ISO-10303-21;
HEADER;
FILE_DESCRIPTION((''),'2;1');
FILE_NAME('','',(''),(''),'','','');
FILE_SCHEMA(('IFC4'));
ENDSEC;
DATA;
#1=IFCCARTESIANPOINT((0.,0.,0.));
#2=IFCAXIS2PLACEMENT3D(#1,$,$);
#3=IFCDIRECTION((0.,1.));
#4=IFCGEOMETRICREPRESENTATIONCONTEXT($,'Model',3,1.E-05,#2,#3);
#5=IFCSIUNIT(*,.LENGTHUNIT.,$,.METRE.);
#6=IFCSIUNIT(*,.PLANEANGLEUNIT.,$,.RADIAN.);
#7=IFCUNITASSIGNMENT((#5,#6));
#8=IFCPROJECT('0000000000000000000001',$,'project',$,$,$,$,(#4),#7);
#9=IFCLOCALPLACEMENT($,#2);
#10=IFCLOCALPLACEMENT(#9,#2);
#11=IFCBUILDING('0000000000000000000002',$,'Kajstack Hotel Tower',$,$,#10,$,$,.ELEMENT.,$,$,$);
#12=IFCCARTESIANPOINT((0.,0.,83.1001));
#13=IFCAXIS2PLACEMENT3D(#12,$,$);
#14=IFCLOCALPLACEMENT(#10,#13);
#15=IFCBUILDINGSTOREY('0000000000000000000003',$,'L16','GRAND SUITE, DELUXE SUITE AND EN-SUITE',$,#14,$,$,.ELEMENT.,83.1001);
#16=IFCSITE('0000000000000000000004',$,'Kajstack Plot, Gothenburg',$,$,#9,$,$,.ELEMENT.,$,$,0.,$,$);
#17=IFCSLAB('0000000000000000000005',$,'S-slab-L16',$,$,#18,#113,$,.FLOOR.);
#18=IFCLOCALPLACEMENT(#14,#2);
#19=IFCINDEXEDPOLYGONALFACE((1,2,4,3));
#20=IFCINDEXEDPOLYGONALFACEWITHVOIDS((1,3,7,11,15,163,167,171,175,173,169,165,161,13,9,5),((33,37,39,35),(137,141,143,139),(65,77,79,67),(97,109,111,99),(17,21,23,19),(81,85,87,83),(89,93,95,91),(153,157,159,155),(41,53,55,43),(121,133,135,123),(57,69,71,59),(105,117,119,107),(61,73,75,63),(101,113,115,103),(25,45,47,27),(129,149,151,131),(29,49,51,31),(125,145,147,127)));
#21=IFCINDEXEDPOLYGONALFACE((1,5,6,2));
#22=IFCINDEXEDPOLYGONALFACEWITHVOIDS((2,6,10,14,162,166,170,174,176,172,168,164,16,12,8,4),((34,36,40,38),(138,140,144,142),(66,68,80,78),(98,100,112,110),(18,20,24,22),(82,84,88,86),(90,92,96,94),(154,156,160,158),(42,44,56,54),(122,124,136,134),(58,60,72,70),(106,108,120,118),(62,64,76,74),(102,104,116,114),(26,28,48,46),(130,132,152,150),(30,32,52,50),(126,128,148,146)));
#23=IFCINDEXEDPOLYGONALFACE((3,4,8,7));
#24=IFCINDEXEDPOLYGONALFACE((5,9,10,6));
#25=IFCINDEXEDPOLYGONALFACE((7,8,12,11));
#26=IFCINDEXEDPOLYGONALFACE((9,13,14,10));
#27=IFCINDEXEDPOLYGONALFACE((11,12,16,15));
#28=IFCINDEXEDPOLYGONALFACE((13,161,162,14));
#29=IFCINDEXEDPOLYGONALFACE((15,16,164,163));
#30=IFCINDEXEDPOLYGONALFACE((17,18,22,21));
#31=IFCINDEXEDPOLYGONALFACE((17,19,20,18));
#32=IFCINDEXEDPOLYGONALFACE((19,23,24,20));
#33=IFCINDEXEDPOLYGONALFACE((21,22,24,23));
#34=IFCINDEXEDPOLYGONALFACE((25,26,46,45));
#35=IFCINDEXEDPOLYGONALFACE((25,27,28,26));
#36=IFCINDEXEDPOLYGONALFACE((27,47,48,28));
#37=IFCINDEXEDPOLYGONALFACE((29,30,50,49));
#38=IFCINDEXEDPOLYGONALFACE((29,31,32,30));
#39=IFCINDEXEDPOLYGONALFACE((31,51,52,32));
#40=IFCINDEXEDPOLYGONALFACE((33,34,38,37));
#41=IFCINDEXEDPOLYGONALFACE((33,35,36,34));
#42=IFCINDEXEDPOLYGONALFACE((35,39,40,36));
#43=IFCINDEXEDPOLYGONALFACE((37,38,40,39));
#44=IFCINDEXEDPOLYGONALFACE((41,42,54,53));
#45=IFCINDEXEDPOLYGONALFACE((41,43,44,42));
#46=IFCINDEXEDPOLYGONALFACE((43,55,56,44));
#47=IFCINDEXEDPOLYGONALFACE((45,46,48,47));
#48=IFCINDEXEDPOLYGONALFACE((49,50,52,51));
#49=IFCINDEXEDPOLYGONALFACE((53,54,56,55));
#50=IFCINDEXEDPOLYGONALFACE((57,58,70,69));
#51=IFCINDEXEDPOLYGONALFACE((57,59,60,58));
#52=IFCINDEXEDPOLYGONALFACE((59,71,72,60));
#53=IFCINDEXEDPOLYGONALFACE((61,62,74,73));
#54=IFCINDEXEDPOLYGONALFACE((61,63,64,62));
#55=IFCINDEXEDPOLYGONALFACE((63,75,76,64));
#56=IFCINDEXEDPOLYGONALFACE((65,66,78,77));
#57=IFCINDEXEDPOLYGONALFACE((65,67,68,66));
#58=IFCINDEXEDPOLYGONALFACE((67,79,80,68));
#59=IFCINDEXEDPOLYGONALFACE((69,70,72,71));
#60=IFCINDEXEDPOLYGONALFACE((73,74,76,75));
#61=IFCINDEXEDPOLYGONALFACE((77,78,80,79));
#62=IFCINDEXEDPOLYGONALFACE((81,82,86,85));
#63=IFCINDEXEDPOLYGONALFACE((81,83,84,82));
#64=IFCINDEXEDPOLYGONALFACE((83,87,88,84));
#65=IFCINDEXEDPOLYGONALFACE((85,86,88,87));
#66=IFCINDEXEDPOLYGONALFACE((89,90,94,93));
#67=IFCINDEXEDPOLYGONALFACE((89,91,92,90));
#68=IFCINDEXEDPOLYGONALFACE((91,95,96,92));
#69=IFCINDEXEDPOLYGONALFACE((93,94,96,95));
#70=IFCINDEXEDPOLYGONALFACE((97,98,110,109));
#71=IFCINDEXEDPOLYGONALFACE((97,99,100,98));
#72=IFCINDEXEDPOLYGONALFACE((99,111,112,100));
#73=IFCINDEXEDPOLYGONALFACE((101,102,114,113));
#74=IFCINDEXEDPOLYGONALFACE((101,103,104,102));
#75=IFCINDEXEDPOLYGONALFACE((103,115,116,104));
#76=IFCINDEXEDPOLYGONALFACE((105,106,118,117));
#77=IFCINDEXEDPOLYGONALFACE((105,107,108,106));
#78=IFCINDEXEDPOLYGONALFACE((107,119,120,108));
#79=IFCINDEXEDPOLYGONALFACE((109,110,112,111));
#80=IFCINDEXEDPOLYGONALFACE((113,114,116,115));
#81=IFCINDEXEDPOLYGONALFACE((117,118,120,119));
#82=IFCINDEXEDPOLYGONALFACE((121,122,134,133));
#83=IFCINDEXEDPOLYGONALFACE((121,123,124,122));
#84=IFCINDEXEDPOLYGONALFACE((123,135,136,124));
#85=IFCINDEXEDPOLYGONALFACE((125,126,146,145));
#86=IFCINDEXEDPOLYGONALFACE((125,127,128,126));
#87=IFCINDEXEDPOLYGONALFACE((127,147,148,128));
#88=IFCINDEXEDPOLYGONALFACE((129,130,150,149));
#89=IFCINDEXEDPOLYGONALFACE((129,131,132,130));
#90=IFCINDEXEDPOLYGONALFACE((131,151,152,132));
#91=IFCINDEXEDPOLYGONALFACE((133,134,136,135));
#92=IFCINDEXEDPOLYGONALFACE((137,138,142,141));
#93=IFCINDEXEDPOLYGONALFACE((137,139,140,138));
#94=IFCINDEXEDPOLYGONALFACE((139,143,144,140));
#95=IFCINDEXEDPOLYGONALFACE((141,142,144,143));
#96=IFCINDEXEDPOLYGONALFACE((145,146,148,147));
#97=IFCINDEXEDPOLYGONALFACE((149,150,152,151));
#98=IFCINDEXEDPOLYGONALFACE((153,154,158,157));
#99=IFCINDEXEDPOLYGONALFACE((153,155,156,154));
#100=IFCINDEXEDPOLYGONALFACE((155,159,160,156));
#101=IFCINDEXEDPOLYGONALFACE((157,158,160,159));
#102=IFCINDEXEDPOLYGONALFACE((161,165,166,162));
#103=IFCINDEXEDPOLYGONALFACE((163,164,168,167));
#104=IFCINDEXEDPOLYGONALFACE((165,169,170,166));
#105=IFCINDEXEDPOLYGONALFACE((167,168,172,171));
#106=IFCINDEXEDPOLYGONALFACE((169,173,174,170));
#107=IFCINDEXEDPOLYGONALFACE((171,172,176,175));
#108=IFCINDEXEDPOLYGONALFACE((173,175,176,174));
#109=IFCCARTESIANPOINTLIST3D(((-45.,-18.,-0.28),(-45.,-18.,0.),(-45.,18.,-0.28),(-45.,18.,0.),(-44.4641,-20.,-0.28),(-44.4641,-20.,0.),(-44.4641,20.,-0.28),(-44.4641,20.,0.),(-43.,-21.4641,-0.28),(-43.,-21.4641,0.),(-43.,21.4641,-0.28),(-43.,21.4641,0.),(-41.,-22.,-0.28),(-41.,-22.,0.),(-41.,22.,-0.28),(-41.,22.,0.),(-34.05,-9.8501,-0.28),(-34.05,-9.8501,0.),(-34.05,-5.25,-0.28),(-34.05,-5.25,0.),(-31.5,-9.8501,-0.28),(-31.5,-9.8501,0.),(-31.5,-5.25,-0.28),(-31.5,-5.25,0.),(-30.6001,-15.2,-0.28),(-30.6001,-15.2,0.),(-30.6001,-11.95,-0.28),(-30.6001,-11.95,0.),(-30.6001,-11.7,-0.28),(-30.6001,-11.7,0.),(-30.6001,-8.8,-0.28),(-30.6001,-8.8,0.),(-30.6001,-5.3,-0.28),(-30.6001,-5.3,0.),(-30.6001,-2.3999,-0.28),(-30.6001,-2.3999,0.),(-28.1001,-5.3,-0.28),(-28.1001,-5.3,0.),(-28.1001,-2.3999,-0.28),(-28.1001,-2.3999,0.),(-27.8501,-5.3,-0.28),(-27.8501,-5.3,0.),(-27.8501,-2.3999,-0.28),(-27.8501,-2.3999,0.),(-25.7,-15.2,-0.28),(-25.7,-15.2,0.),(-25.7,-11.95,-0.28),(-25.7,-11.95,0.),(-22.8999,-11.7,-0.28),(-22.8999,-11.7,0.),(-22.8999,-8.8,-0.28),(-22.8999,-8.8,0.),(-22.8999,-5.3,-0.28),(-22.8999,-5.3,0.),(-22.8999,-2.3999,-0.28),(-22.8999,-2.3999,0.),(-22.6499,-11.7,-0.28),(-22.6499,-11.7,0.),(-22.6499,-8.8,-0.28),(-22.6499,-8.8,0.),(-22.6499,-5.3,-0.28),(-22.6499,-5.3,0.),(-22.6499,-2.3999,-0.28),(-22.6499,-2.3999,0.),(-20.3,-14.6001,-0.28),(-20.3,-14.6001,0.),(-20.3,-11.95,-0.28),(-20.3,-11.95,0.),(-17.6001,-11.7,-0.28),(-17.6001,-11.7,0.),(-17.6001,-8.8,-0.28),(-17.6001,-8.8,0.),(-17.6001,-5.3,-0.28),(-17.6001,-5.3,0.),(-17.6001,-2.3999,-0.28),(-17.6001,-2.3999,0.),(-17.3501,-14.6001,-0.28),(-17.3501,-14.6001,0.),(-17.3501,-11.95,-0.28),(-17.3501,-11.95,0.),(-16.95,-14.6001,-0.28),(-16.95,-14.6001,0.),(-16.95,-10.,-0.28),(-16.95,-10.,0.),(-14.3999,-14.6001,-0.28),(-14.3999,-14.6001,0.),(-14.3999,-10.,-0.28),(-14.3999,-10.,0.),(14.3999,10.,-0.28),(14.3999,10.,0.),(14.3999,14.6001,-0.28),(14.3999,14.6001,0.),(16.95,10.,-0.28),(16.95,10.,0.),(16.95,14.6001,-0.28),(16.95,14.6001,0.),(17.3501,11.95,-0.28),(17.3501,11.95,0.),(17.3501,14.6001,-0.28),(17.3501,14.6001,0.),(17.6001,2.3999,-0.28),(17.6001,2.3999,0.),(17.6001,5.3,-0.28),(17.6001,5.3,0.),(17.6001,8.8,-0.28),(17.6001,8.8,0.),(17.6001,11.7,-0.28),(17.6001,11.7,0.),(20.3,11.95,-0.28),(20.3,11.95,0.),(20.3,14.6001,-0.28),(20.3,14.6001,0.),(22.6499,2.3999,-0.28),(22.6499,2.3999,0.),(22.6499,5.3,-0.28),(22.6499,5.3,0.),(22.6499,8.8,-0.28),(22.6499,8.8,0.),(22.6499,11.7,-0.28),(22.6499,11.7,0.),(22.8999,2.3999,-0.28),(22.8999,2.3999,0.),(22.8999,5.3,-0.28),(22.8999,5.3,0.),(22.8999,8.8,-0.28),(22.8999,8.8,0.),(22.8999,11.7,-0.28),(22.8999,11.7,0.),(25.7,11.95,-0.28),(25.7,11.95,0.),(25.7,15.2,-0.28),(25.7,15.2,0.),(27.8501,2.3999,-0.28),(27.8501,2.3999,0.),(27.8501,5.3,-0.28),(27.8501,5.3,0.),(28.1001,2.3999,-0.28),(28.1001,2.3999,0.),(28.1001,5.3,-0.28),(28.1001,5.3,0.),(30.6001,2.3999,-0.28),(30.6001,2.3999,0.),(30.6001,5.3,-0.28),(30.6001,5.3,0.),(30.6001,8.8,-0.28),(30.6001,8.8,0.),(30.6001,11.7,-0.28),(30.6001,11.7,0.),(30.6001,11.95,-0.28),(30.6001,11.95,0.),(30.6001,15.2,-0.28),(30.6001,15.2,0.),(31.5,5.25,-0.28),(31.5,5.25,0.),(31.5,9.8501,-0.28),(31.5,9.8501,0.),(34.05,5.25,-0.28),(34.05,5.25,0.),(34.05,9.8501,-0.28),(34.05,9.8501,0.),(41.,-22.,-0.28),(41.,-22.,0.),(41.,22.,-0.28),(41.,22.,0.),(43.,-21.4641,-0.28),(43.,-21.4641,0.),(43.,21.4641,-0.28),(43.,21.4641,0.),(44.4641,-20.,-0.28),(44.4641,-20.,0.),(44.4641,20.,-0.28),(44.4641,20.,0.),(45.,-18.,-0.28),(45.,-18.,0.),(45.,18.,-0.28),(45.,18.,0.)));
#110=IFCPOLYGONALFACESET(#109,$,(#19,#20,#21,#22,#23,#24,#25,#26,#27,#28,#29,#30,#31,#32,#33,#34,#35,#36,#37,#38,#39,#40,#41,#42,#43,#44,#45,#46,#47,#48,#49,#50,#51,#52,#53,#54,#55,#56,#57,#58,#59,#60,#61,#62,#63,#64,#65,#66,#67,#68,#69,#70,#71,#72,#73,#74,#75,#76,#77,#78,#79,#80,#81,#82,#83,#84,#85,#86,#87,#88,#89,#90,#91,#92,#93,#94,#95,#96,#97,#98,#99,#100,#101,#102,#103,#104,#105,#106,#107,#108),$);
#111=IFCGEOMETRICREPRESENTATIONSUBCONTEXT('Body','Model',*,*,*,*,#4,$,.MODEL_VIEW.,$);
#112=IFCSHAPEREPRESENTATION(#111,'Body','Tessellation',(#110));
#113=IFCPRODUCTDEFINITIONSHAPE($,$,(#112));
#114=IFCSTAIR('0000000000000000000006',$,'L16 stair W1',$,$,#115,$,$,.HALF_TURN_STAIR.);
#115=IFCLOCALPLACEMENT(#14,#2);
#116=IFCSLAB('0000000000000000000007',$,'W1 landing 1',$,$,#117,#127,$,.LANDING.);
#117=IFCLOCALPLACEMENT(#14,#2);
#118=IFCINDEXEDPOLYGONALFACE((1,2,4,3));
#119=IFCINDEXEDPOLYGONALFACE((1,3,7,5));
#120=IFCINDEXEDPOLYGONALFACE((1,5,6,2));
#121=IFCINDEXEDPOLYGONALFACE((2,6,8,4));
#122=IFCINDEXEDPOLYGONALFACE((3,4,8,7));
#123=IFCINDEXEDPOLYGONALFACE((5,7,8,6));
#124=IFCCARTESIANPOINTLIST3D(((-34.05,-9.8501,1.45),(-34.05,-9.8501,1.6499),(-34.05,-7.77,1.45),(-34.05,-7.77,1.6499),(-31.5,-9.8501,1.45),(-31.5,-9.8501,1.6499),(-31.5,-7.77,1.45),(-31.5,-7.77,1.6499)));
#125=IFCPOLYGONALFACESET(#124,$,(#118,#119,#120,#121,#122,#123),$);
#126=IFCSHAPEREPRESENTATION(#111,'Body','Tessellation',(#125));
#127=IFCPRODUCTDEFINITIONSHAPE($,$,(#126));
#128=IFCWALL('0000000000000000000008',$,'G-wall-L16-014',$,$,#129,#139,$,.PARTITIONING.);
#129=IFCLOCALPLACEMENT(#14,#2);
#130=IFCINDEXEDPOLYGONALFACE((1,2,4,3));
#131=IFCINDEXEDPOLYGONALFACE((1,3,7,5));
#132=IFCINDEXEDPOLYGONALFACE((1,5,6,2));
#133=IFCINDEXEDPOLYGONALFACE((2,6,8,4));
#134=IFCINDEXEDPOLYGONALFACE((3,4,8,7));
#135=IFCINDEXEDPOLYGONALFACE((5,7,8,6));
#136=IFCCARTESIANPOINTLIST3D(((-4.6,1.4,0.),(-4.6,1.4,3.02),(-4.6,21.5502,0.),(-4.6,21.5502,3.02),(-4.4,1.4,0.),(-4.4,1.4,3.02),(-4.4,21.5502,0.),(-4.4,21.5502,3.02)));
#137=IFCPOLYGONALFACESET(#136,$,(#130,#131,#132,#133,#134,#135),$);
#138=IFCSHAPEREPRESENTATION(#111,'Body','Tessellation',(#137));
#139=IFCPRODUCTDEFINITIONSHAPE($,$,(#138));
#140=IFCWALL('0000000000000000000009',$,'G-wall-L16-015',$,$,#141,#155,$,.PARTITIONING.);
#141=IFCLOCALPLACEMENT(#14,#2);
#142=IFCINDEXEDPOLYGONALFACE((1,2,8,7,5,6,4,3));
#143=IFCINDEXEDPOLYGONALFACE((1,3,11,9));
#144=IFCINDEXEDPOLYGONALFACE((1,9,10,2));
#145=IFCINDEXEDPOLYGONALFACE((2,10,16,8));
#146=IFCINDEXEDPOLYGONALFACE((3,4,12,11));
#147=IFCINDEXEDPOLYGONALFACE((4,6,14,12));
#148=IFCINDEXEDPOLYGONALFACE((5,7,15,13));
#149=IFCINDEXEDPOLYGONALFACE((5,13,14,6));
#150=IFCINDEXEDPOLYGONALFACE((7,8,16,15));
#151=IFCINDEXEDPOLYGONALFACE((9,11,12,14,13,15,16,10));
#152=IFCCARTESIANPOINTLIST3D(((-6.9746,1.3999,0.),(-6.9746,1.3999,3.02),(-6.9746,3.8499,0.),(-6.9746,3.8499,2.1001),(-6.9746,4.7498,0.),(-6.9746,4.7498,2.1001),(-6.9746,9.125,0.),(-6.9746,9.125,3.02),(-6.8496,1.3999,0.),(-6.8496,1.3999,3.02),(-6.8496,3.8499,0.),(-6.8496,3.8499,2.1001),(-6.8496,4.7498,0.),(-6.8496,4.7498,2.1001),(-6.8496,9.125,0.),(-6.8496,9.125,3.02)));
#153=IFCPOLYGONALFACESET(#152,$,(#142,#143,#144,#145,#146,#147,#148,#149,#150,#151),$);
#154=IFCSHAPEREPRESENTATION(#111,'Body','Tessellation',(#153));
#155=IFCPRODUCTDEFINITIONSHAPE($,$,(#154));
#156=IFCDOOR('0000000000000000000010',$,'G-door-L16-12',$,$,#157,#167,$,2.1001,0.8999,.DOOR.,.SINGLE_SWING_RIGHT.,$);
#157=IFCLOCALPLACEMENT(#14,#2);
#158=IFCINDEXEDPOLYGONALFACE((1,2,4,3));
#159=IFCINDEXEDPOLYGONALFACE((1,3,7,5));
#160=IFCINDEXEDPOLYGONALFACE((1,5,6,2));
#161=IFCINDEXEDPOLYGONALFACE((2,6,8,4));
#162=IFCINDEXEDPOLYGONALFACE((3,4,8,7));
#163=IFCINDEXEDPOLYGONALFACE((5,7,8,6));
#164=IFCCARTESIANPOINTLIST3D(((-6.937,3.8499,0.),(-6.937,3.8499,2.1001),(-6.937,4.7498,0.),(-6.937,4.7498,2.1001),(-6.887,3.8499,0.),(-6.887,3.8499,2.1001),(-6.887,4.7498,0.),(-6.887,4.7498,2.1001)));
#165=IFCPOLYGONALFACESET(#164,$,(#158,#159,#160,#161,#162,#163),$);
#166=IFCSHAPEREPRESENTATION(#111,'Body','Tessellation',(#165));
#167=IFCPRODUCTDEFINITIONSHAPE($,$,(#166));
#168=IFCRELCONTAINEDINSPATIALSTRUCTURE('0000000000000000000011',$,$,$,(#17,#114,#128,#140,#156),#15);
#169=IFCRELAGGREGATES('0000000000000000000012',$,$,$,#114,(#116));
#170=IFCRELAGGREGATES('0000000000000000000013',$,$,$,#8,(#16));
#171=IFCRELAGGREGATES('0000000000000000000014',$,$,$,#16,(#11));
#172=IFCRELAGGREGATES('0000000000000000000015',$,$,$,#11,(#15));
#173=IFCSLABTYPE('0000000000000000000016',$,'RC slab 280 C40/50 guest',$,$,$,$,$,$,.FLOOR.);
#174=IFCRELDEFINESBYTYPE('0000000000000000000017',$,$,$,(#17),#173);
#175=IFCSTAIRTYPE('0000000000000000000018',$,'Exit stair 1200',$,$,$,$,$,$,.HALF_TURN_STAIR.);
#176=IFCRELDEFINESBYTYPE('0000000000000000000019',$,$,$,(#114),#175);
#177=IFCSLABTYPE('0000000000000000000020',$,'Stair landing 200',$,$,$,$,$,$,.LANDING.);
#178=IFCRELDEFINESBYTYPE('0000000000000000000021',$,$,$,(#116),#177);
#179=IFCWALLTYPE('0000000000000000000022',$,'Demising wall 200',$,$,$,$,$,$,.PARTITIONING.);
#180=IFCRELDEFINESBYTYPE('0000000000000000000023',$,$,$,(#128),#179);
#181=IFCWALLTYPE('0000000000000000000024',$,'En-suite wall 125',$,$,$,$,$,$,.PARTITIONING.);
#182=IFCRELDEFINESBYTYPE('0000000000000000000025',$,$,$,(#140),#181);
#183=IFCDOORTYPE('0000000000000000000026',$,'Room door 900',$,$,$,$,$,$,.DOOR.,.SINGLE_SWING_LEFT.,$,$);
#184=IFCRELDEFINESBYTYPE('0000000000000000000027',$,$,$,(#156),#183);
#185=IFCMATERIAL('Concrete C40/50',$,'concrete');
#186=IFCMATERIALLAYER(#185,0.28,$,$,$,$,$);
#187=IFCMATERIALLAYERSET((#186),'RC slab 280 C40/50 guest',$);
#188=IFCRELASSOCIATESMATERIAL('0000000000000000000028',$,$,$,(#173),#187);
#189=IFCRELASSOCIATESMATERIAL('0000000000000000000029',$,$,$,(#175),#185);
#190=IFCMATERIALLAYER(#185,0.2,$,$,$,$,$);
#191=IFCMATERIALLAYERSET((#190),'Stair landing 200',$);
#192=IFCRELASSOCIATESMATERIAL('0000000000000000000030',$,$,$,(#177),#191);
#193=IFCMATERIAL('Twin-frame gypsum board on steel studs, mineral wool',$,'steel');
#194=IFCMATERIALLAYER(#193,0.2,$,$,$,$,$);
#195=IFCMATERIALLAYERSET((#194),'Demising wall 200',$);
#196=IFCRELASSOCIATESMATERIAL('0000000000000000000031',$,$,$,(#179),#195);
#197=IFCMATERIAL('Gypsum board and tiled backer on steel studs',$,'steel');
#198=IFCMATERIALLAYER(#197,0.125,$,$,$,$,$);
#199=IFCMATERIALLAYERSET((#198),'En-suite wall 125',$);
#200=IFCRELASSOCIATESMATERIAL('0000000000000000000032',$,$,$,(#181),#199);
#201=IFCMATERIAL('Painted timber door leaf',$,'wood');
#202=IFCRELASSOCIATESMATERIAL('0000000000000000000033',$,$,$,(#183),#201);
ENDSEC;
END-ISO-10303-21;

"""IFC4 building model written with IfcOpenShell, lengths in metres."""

from ifc_helpers import new_model, si_unit, direction, frame, frame_2d, origin, place, context, subcontext, project, spatial, polyline, rectangle, outline, extrude, material, layer, layer_set, type_object, element, fill, aggregate, save


model = new_model("IFC4")

# Units and contexts
model_context = context("Model", 3, precision=1e-05, world=origin(), true_north=direction((0.0, 1.0)))
body_context = subcontext(model_context, "Body", "Model", "MODEL_VIEW")
ifc_project = project(units=[si_unit("LENGTHUNIT", "METRE"), si_unit("PLANEANGLEUNIT", "RADIAN")], contexts=[model_context])

# Site, building, storey
site_placement = place(None, origin())
site = spatial("IfcSite", under=ifc_project, at=site_placement, Name="Kajstack Plot, Gothenburg", CompositionType="ELEMENT", RefElevation=0.0)
building_placement = place(site_placement, origin())
building = spatial("IfcBuilding", under=site, at=building_placement, Name="Kajstack Hotel Tower", CompositionType="ELEMENT")
storey_placement = place(building_placement, frame((0.0, 0.0, 83.1001)))
storey = spatial("IfcBuildingStorey", under=building, at=storey_placement, Name="L16", Description="GRAND SUITE, DELUXE SUITE AND EN-SUITE", CompositionType="ELEMENT", Elevation=83.1001)

# Slab
ifc_material_1 = material(Name="Concrete C40/50", Category="concrete")
ifc_layer_1 = layer(ifc_material_1, 0.28)
ifc_layer_set_1 = layer_set([ifc_layer_1], Name="RC slab 280 C40/50 guest")
slab_type_1 = type_object("IfcSlabType", Name="RC slab 280 C40/50 guest", PredefinedType="FLOOR", material=ifc_layer_set_1)
slab_1_placement = place(storey_placement, frame((0.0, 0.0, -0.28)))
element("IfcSlab", 1, at=slab_1_placement, inside=storey, type_object=slab_type_1, Name="S-slab-L16", PredefinedType="FLOOR", context=body_context, shape_type="SweptSolid", body=[
    extrude(outline(polyline([(-45.0, -18.0), (-44.4641, -20.0), (-43.0, -21.4641), (-41.0, -22.0), (41.0, -22.0), (43.0, -21.4641), (44.4641, -20.0), (45.0, -18.0), (45.0, 18.0), (44.4641, 20.0), (43.0, 21.4641), (41.0, 22.0), (-41.0, 22.0), (-43.0, 21.4641), (-44.4641, 20.0), (-45.0, 18.0), (-45.0, -18.0)]), holes=[polyline([(-30.6001, -11.7), (-30.6001, -8.8), (-22.8999, -8.8), (-22.8999, -11.7), (-30.6001, -11.7)]), polyline([(-22.6499, -11.7), (-22.6499, -8.8), (-17.6001, -8.8), (-17.6001, -11.7), (-22.6499, -11.7)]), polyline([(-27.8501, -5.3), (-27.8501, -2.3999), (-22.8999, -2.3999), (-22.8999, -5.3), (-27.8501, -5.3)]), polyline([(-22.6499, -5.3), (-22.6499, -2.3999), (-17.6001, -2.3999), (-17.6001, -5.3), (-22.6499, -5.3)]), polyline([(-20.3, -14.6001), (-17.3501, -14.6001), (-17.3501, -11.95), (-20.3, -11.95), (-20.3, -14.6001)]), polyline([(-30.6001, -5.3), (-28.1001, -5.3), (-28.1001, -2.3999), (-30.6001, -2.3999), (-30.6001, -5.3)]), polyline([(22.8999, 8.8), (22.8999, 11.7), (30.6001, 11.7), (30.6001, 8.8), (22.8999, 8.8)]), polyline([(17.6001, 8.8), (17.6001, 11.7), (22.6499, 11.7), (22.6499, 8.8), (17.6001, 8.8)]), polyline([(22.8999, 2.3999), (22.8999, 5.3), (27.8501, 5.3), (27.8501, 2.3999), (22.8999, 2.3999)]), polyline([(17.6001, 2.3999), (17.6001, 5.3), (22.6499, 5.3), (22.6499, 2.3999), (17.6001, 2.3999)]), polyline([(20.3, 14.6001), (17.3501, 14.6001), (17.3501, 11.95), (20.3, 11.95), (20.3, 14.6001)]), polyline([(30.6001, 5.3), (28.1001, 5.3), (28.1001, 2.3999), (30.6001, 2.3999), (30.6001, 5.3)]), polyline([(-34.05, -9.8501), (-31.5, -9.8501), (-31.5, -5.25), (-34.05, -5.25), (-34.05, -9.8501)]), polyline([(-16.95, -14.6001), (-14.3999, -14.6001), (-14.3999, -10.0), (-16.95, -10.0), (-16.95, -14.6001)]), polyline([(-30.6001, -15.2), (-25.7, -15.2), (-25.7, -11.95), (-30.6001, -11.95), (-30.6001, -15.2)]), polyline([(34.05, 9.8501), (31.5, 9.8501), (31.5, 5.25), (34.05, 5.25), (34.05, 9.8501)]), polyline([(16.95, 14.6001), (14.3999, 14.6001), (14.3999, 10.0), (16.95, 10.0), (16.95, 14.6001)]), polyline([(30.6001, 15.2), (25.7, 15.2), (25.7, 11.95), (30.6001, 11.95), (30.6001, 15.2)])]), origin(), (0.0, 0.0, 1.0), 0.28),
])

# Stair, slab
stair_type = type_object("IfcStairType", Name="Exit stair 1200", PredefinedType="HALF_TURN_STAIR", material=ifc_material_1)
stair_placement = place(storey_placement, origin())
stair = element("IfcStair", 2, at=stair_placement, inside=storey, type_object=stair_type, Name="L16 stair W1", PredefinedType="HALF_TURN_STAIR")
ifc_layer_2 = layer(ifc_material_1, 0.2)
ifc_layer_set_2 = layer_set([ifc_layer_2], Name="Stair landing 200")
slab_type_2 = type_object("IfcSlabType", Name="Stair landing 200", PredefinedType="LANDING", material=ifc_layer_set_2)
slab_2_placement = place(storey_placement, frame((0.0, 0.0, 1.45)))
slab_2 = element("IfcSlab", 3, at=slab_2_placement, type_object=slab_type_2, Name="W1 landing 1", PredefinedType="LANDING", context=body_context, shape_type="SweptSolid", body=[
    extrude(outline(polyline([(-34.05, -7.77), (-34.05, -9.8501), (-31.5, -9.8501), (-31.5, -7.77), (-34.05, -7.77)])), origin(), (0.0, 0.0, 1.0), 0.2),
])
aggregate(stair, [slab_2])

# Wall
ifc_material_2 = material(Name="Twin-frame gypsum board on steel studs, mineral wool", Category="steel")
ifc_layer_3 = layer(ifc_material_2, 0.2)
ifc_layer_set_3 = layer_set([ifc_layer_3], Name="Demising wall 200")
wall_type_1 = type_object("IfcWallType", Name="Demising wall 200", PredefinedType="PARTITIONING", material=ifc_layer_set_3)
wall_1_placement = place(storey_placement, frame((-4.5, 1.3999, 0.0), z_axis=(0.0, 0.0, 1.0), x_axis=(0.0, 1.0, 0.0)))
element("IfcWall", 4, at=wall_1_placement, inside=storey, type_object=wall_type_1, Name="G-wall-L16-014", PredefinedType="PARTITIONING", context=body_context, shape_type="SweptSolid", body=[
    extrude(rectangle(XDim=20.1501, YDim=0.2, at=frame_2d((10.0752, 0.0))), origin(), (0.0, 0.0, 1.0), 3.02),
])

# Wall, opening, door
ifc_material_3 = material(Name="Gypsum board and tiled backer on steel studs", Category="steel")
ifc_layer_4 = layer(ifc_material_3, 0.125)
ifc_layer_set_4 = layer_set([ifc_layer_4], Name="En-suite wall 125")
wall_type_2 = type_object("IfcWallType", Name="En-suite wall 125", PredefinedType="PARTITIONING", material=ifc_layer_set_4)
wall_2_placement = place(storey_placement, frame((-6.9121, 1.3999, 0.0), z_axis=(0.0, 0.0, 1.0), x_axis=(0.0, 1.0, 0.0)))
wall_2 = element("IfcWall", 5, at=wall_2_placement, inside=storey, type_object=wall_type_2, Name="G-wall-L16-015", PredefinedType="PARTITIONING", context=body_context, shape_type="SweptSolid", body=[
    extrude(rectangle(XDim=7.7251, YDim=0.125, at=frame_2d((3.8625, 0.0))), origin(), (0.0, 0.0, 1.0), 3.02),
])
opening_1_placement = place(wall_2_placement, frame((2.45, 0.0, 0.0)))
opening_1 = element("IfcOpeningElement", 6, at=opening_1_placement, cuts=wall_2, PredefinedType="OPENING", context=body_context, shape_type="SweptSolid", body=[
    extrude(rectangle(XDim=0.8999, YDim=2.1001, at=frame_2d((0.45, 1.05))), frame((0.0, 0.0725, 0.0), z_axis=(0.0, -1.0, 0.0), x_axis=(1.0, 0.0, 0.0)), (0.0, 0.0, 1.0), 0.145),
])
ifc_material_4 = material(Name="Painted timber door leaf", Category="wood")
door_type_1 = type_object("IfcDoorType", Name="Room door 900", OperationType="SINGLE_SWING_LEFT", PredefinedType="DOOR", material=ifc_material_4)
door_1_placement = place(opening_1_placement, origin())
door_1 = element("IfcDoor", 7, at=door_1_placement, inside=storey, type_object=door_type_1, Name="G-door-L16-12", OperationType="SINGLE_SWING_RIGHT", OverallHeight=2.1001, OverallWidth=0.8999, PredefinedType="DOOR", context=body_context, shape_type="SweptSolid", body=[
    extrude(rectangle(XDim=0.8999, YDim=2.1001, at=frame_2d((0.45, 1.05))), frame((0.0, 0.0249, 0.0), z_axis=(0.0, -1.0, 0.0), x_axis=(1.0, 0.0, 0.0)), (0.0, 0.0, 1.0), 0.05),
])
fill(opening_1, door_1)

save(model, "model.ifc")
